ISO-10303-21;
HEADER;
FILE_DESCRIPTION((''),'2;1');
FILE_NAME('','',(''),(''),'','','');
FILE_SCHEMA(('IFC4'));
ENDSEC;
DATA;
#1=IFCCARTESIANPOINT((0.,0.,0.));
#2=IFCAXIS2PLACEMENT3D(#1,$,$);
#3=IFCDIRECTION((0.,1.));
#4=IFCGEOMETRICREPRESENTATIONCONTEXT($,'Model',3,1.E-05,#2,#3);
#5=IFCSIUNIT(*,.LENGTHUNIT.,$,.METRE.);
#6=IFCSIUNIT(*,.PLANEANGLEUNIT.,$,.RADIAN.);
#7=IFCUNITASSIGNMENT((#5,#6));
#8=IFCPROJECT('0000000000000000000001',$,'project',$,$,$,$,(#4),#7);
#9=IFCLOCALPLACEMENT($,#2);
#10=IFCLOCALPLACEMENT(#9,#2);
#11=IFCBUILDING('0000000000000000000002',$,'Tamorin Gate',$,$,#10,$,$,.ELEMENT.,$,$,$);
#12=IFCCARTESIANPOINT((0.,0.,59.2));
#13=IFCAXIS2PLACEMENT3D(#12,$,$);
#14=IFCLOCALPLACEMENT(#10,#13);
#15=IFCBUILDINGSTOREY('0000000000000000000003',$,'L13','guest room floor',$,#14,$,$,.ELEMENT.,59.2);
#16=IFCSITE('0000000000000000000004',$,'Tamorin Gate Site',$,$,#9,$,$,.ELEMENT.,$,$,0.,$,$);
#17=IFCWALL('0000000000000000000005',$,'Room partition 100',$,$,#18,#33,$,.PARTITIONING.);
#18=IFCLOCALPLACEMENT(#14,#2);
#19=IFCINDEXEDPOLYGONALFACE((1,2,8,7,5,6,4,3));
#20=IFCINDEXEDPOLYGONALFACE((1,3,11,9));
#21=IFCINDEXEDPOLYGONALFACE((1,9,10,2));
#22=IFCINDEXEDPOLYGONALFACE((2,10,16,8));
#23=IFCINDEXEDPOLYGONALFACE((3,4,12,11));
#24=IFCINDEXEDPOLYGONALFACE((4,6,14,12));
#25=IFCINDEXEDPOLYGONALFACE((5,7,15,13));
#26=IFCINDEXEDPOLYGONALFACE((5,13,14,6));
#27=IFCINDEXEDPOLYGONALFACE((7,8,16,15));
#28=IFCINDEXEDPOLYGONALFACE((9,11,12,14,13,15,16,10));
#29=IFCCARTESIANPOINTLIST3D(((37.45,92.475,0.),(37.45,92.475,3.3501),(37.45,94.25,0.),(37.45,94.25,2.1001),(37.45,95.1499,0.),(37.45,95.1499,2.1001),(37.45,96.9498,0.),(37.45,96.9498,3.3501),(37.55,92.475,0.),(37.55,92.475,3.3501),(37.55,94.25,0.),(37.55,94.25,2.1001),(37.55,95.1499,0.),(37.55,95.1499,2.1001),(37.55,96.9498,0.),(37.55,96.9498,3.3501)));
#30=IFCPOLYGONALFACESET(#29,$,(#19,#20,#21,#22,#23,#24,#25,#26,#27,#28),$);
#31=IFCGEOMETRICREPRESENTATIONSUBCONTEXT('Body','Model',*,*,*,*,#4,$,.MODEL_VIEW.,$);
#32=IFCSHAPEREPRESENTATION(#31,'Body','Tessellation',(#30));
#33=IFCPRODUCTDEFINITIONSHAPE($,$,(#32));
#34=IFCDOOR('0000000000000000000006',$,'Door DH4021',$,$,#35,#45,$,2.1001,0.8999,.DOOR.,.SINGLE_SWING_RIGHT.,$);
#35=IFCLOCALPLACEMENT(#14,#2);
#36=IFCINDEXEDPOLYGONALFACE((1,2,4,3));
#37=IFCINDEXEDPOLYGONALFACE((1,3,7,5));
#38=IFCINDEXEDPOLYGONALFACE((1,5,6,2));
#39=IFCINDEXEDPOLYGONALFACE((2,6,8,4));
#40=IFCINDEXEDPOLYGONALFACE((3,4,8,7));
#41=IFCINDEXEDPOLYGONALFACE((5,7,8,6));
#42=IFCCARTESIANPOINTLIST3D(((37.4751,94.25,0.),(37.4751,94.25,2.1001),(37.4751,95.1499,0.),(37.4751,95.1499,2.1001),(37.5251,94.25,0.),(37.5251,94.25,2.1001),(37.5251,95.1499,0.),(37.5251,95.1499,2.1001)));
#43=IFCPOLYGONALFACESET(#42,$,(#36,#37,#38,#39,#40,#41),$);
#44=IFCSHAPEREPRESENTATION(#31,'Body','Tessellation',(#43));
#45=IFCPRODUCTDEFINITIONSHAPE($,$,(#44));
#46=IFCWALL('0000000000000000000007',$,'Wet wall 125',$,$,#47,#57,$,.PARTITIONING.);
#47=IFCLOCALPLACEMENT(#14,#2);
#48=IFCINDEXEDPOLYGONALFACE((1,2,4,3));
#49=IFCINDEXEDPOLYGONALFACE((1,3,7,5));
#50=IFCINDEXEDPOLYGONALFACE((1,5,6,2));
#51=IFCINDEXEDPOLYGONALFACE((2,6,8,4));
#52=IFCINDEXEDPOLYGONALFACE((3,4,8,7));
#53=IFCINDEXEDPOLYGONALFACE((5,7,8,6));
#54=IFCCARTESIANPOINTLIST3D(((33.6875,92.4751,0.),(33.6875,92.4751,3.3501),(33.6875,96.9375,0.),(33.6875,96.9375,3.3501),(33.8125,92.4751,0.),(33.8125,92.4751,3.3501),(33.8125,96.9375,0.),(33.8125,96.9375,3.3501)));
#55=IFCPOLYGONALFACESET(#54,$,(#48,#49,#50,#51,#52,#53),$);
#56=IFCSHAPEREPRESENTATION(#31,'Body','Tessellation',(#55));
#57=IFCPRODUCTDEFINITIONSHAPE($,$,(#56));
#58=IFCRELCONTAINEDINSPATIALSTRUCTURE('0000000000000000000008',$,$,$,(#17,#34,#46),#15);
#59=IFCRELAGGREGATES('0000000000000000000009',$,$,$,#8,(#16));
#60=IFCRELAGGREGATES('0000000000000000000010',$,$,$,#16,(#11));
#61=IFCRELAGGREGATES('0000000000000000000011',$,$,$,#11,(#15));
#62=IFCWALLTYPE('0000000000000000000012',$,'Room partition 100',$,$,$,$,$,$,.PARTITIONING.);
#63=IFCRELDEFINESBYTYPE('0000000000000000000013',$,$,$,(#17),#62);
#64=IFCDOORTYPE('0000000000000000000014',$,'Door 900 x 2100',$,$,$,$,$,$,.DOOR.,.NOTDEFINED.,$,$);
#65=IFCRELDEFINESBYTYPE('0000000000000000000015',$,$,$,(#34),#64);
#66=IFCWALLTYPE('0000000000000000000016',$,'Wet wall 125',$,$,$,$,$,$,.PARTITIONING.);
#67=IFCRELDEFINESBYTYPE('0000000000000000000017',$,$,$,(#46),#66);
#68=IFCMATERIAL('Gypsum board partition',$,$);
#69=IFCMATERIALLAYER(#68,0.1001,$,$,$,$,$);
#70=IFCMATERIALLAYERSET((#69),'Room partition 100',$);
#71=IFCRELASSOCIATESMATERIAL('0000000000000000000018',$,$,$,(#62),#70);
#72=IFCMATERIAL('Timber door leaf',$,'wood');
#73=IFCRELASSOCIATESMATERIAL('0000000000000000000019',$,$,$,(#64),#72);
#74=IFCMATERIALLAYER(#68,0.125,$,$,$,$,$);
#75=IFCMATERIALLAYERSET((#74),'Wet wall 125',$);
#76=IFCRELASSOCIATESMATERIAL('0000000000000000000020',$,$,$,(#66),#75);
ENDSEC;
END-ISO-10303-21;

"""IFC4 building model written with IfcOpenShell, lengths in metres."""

from ifc_helpers import new_model, si_unit, direction, frame, frame_2d, origin, place, context, subcontext, project, spatial, rectangle, extrude, material, layer, layer_set, type_object, element, fill, save


model = new_model("IFC4")

# Units and contexts
model_context = context("Model", 3, precision=1e-05, world=origin(), true_north=direction((0.0, 1.0)))
body_context = subcontext(model_context, "Body", "Model", "MODEL_VIEW")
ifc_project = project(units=[si_unit("LENGTHUNIT", "METRE"), si_unit("PLANEANGLEUNIT", "RADIAN")], contexts=[model_context])

# Site, building, storey
site_placement = place(None, origin())
site = spatial("IfcSite", under=ifc_project, at=site_placement, Name="Tamorin Gate Site", CompositionType="ELEMENT", RefElevation=0.0)
building_placement = place(site_placement, origin())
building = spatial("IfcBuilding", under=site, at=building_placement, Name="Tamorin Gate", CompositionType="ELEMENT")
storey_placement = place(building_placement, frame((0.0, 0.0, 59.2)))
storey = spatial("IfcBuildingStorey", under=building, at=storey_placement, Name="L13", Description="guest room floor", CompositionType="ELEMENT", Elevation=59.2)

# Shared definitions
ifc_material_1 = material(Name="Gypsum board partition")
ifc_material_2 = material(Name="Timber door leaf", Category="wood")

# Wall, opening, door
ifc_layer_1 = layer(ifc_material_1, 0.1001)
ifc_layer_set_1 = layer_set([ifc_layer_1], Name="Room partition 100")
wall_type_1 = type_object("IfcWallType", Name="Room partition 100", PredefinedType="PARTITIONING", material=ifc_layer_set_1)
wall_1_placement = place(storey_placement, frame((37.5, 92.4751, 0.0), z_axis=(0.0, 0.0, 1.0), x_axis=(0.0, 1.0, 0.0)))
wall_1 = element("IfcWall", 1, at=wall_1_placement, inside=storey, type_object=wall_type_1, Name="Room partition 100", PredefinedType="PARTITIONING", context=body_context, shape_type="SweptSolid", body=[
    extrude(rectangle(XDim=4.4749, YDim=0.1001, at=frame_2d((2.2373, 0.0))), origin(), (0.0, 0.0, 1.0), 3.3501),
])
opening_1_placement = place(wall_1_placement, frame((1.7749, 0.0, 0.0)))
opening_1 = element("IfcOpeningElement", 2, at=opening_1_placement, cuts=wall_1, PredefinedType="OPENING", context=body_context, shape_type="SweptSolid", body=[
    extrude(rectangle(XDim=0.8999, YDim=2.1001, at=frame_2d((0.45, 1.05))), frame((0.0, 0.0601, 0.0), z_axis=(0.0, -1.0, 0.0), x_axis=(1.0, 0.0, 0.0)), (0.0, 0.0, 1.0), 0.1201),
])
door_type_1 = type_object("IfcDoorType", Name="Door 900 x 2100", OperationType="NOTDEFINED", PredefinedType="DOOR", material=ifc_material_2)
door_1_placement = place(opening_1_placement, origin())
door_1 = element("IfcDoor", 3, at=door_1_placement, inside=storey, type_object=door_type_1, Name="Door DH4021", OperationType="SINGLE_SWING_RIGHT", OverallHeight=2.1001, OverallWidth=0.8999, PredefinedType="DOOR", context=body_context, shape_type="SweptSolid", body=[
    extrude(rectangle(XDim=0.8999, YDim=2.1001, at=frame_2d((0.45, 1.05))), frame((0.0, 0.0249, 0.0), z_axis=(0.0, -1.0, 0.0), x_axis=(1.0, 0.0, 0.0)), (0.0, 0.0, 1.0), 0.05),
])
fill(opening_1, door_1)

# Wall
ifc_layer_2 = layer(ifc_material_1, 0.125)
ifc_layer_set_2 = layer_set([ifc_layer_2], Name="Wet wall 125")
wall_type_2 = type_object("IfcWallType", Name="Wet wall 125", PredefinedType="PARTITIONING", material=ifc_layer_set_2)
wall_2_placement = place(storey_placement, frame((33.75, 92.4751, 0.0), z_axis=(0.0, 0.0, 1.0), x_axis=(0.0, 1.0, 0.0)))
element("IfcWall", 4, at=wall_2_placement, inside=storey, type_object=wall_type_2, Name="Wet wall 125", PredefinedType="PARTITIONING", context=body_context, shape_type="SweptSolid", body=[
    extrude(rectangle(XDim=4.4624, YDim=0.125, at=frame_2d((2.2312, 0.0))), origin(), (0.0, 0.0, 1.0), 3.3501),
])

save(model, "model.ifc")
